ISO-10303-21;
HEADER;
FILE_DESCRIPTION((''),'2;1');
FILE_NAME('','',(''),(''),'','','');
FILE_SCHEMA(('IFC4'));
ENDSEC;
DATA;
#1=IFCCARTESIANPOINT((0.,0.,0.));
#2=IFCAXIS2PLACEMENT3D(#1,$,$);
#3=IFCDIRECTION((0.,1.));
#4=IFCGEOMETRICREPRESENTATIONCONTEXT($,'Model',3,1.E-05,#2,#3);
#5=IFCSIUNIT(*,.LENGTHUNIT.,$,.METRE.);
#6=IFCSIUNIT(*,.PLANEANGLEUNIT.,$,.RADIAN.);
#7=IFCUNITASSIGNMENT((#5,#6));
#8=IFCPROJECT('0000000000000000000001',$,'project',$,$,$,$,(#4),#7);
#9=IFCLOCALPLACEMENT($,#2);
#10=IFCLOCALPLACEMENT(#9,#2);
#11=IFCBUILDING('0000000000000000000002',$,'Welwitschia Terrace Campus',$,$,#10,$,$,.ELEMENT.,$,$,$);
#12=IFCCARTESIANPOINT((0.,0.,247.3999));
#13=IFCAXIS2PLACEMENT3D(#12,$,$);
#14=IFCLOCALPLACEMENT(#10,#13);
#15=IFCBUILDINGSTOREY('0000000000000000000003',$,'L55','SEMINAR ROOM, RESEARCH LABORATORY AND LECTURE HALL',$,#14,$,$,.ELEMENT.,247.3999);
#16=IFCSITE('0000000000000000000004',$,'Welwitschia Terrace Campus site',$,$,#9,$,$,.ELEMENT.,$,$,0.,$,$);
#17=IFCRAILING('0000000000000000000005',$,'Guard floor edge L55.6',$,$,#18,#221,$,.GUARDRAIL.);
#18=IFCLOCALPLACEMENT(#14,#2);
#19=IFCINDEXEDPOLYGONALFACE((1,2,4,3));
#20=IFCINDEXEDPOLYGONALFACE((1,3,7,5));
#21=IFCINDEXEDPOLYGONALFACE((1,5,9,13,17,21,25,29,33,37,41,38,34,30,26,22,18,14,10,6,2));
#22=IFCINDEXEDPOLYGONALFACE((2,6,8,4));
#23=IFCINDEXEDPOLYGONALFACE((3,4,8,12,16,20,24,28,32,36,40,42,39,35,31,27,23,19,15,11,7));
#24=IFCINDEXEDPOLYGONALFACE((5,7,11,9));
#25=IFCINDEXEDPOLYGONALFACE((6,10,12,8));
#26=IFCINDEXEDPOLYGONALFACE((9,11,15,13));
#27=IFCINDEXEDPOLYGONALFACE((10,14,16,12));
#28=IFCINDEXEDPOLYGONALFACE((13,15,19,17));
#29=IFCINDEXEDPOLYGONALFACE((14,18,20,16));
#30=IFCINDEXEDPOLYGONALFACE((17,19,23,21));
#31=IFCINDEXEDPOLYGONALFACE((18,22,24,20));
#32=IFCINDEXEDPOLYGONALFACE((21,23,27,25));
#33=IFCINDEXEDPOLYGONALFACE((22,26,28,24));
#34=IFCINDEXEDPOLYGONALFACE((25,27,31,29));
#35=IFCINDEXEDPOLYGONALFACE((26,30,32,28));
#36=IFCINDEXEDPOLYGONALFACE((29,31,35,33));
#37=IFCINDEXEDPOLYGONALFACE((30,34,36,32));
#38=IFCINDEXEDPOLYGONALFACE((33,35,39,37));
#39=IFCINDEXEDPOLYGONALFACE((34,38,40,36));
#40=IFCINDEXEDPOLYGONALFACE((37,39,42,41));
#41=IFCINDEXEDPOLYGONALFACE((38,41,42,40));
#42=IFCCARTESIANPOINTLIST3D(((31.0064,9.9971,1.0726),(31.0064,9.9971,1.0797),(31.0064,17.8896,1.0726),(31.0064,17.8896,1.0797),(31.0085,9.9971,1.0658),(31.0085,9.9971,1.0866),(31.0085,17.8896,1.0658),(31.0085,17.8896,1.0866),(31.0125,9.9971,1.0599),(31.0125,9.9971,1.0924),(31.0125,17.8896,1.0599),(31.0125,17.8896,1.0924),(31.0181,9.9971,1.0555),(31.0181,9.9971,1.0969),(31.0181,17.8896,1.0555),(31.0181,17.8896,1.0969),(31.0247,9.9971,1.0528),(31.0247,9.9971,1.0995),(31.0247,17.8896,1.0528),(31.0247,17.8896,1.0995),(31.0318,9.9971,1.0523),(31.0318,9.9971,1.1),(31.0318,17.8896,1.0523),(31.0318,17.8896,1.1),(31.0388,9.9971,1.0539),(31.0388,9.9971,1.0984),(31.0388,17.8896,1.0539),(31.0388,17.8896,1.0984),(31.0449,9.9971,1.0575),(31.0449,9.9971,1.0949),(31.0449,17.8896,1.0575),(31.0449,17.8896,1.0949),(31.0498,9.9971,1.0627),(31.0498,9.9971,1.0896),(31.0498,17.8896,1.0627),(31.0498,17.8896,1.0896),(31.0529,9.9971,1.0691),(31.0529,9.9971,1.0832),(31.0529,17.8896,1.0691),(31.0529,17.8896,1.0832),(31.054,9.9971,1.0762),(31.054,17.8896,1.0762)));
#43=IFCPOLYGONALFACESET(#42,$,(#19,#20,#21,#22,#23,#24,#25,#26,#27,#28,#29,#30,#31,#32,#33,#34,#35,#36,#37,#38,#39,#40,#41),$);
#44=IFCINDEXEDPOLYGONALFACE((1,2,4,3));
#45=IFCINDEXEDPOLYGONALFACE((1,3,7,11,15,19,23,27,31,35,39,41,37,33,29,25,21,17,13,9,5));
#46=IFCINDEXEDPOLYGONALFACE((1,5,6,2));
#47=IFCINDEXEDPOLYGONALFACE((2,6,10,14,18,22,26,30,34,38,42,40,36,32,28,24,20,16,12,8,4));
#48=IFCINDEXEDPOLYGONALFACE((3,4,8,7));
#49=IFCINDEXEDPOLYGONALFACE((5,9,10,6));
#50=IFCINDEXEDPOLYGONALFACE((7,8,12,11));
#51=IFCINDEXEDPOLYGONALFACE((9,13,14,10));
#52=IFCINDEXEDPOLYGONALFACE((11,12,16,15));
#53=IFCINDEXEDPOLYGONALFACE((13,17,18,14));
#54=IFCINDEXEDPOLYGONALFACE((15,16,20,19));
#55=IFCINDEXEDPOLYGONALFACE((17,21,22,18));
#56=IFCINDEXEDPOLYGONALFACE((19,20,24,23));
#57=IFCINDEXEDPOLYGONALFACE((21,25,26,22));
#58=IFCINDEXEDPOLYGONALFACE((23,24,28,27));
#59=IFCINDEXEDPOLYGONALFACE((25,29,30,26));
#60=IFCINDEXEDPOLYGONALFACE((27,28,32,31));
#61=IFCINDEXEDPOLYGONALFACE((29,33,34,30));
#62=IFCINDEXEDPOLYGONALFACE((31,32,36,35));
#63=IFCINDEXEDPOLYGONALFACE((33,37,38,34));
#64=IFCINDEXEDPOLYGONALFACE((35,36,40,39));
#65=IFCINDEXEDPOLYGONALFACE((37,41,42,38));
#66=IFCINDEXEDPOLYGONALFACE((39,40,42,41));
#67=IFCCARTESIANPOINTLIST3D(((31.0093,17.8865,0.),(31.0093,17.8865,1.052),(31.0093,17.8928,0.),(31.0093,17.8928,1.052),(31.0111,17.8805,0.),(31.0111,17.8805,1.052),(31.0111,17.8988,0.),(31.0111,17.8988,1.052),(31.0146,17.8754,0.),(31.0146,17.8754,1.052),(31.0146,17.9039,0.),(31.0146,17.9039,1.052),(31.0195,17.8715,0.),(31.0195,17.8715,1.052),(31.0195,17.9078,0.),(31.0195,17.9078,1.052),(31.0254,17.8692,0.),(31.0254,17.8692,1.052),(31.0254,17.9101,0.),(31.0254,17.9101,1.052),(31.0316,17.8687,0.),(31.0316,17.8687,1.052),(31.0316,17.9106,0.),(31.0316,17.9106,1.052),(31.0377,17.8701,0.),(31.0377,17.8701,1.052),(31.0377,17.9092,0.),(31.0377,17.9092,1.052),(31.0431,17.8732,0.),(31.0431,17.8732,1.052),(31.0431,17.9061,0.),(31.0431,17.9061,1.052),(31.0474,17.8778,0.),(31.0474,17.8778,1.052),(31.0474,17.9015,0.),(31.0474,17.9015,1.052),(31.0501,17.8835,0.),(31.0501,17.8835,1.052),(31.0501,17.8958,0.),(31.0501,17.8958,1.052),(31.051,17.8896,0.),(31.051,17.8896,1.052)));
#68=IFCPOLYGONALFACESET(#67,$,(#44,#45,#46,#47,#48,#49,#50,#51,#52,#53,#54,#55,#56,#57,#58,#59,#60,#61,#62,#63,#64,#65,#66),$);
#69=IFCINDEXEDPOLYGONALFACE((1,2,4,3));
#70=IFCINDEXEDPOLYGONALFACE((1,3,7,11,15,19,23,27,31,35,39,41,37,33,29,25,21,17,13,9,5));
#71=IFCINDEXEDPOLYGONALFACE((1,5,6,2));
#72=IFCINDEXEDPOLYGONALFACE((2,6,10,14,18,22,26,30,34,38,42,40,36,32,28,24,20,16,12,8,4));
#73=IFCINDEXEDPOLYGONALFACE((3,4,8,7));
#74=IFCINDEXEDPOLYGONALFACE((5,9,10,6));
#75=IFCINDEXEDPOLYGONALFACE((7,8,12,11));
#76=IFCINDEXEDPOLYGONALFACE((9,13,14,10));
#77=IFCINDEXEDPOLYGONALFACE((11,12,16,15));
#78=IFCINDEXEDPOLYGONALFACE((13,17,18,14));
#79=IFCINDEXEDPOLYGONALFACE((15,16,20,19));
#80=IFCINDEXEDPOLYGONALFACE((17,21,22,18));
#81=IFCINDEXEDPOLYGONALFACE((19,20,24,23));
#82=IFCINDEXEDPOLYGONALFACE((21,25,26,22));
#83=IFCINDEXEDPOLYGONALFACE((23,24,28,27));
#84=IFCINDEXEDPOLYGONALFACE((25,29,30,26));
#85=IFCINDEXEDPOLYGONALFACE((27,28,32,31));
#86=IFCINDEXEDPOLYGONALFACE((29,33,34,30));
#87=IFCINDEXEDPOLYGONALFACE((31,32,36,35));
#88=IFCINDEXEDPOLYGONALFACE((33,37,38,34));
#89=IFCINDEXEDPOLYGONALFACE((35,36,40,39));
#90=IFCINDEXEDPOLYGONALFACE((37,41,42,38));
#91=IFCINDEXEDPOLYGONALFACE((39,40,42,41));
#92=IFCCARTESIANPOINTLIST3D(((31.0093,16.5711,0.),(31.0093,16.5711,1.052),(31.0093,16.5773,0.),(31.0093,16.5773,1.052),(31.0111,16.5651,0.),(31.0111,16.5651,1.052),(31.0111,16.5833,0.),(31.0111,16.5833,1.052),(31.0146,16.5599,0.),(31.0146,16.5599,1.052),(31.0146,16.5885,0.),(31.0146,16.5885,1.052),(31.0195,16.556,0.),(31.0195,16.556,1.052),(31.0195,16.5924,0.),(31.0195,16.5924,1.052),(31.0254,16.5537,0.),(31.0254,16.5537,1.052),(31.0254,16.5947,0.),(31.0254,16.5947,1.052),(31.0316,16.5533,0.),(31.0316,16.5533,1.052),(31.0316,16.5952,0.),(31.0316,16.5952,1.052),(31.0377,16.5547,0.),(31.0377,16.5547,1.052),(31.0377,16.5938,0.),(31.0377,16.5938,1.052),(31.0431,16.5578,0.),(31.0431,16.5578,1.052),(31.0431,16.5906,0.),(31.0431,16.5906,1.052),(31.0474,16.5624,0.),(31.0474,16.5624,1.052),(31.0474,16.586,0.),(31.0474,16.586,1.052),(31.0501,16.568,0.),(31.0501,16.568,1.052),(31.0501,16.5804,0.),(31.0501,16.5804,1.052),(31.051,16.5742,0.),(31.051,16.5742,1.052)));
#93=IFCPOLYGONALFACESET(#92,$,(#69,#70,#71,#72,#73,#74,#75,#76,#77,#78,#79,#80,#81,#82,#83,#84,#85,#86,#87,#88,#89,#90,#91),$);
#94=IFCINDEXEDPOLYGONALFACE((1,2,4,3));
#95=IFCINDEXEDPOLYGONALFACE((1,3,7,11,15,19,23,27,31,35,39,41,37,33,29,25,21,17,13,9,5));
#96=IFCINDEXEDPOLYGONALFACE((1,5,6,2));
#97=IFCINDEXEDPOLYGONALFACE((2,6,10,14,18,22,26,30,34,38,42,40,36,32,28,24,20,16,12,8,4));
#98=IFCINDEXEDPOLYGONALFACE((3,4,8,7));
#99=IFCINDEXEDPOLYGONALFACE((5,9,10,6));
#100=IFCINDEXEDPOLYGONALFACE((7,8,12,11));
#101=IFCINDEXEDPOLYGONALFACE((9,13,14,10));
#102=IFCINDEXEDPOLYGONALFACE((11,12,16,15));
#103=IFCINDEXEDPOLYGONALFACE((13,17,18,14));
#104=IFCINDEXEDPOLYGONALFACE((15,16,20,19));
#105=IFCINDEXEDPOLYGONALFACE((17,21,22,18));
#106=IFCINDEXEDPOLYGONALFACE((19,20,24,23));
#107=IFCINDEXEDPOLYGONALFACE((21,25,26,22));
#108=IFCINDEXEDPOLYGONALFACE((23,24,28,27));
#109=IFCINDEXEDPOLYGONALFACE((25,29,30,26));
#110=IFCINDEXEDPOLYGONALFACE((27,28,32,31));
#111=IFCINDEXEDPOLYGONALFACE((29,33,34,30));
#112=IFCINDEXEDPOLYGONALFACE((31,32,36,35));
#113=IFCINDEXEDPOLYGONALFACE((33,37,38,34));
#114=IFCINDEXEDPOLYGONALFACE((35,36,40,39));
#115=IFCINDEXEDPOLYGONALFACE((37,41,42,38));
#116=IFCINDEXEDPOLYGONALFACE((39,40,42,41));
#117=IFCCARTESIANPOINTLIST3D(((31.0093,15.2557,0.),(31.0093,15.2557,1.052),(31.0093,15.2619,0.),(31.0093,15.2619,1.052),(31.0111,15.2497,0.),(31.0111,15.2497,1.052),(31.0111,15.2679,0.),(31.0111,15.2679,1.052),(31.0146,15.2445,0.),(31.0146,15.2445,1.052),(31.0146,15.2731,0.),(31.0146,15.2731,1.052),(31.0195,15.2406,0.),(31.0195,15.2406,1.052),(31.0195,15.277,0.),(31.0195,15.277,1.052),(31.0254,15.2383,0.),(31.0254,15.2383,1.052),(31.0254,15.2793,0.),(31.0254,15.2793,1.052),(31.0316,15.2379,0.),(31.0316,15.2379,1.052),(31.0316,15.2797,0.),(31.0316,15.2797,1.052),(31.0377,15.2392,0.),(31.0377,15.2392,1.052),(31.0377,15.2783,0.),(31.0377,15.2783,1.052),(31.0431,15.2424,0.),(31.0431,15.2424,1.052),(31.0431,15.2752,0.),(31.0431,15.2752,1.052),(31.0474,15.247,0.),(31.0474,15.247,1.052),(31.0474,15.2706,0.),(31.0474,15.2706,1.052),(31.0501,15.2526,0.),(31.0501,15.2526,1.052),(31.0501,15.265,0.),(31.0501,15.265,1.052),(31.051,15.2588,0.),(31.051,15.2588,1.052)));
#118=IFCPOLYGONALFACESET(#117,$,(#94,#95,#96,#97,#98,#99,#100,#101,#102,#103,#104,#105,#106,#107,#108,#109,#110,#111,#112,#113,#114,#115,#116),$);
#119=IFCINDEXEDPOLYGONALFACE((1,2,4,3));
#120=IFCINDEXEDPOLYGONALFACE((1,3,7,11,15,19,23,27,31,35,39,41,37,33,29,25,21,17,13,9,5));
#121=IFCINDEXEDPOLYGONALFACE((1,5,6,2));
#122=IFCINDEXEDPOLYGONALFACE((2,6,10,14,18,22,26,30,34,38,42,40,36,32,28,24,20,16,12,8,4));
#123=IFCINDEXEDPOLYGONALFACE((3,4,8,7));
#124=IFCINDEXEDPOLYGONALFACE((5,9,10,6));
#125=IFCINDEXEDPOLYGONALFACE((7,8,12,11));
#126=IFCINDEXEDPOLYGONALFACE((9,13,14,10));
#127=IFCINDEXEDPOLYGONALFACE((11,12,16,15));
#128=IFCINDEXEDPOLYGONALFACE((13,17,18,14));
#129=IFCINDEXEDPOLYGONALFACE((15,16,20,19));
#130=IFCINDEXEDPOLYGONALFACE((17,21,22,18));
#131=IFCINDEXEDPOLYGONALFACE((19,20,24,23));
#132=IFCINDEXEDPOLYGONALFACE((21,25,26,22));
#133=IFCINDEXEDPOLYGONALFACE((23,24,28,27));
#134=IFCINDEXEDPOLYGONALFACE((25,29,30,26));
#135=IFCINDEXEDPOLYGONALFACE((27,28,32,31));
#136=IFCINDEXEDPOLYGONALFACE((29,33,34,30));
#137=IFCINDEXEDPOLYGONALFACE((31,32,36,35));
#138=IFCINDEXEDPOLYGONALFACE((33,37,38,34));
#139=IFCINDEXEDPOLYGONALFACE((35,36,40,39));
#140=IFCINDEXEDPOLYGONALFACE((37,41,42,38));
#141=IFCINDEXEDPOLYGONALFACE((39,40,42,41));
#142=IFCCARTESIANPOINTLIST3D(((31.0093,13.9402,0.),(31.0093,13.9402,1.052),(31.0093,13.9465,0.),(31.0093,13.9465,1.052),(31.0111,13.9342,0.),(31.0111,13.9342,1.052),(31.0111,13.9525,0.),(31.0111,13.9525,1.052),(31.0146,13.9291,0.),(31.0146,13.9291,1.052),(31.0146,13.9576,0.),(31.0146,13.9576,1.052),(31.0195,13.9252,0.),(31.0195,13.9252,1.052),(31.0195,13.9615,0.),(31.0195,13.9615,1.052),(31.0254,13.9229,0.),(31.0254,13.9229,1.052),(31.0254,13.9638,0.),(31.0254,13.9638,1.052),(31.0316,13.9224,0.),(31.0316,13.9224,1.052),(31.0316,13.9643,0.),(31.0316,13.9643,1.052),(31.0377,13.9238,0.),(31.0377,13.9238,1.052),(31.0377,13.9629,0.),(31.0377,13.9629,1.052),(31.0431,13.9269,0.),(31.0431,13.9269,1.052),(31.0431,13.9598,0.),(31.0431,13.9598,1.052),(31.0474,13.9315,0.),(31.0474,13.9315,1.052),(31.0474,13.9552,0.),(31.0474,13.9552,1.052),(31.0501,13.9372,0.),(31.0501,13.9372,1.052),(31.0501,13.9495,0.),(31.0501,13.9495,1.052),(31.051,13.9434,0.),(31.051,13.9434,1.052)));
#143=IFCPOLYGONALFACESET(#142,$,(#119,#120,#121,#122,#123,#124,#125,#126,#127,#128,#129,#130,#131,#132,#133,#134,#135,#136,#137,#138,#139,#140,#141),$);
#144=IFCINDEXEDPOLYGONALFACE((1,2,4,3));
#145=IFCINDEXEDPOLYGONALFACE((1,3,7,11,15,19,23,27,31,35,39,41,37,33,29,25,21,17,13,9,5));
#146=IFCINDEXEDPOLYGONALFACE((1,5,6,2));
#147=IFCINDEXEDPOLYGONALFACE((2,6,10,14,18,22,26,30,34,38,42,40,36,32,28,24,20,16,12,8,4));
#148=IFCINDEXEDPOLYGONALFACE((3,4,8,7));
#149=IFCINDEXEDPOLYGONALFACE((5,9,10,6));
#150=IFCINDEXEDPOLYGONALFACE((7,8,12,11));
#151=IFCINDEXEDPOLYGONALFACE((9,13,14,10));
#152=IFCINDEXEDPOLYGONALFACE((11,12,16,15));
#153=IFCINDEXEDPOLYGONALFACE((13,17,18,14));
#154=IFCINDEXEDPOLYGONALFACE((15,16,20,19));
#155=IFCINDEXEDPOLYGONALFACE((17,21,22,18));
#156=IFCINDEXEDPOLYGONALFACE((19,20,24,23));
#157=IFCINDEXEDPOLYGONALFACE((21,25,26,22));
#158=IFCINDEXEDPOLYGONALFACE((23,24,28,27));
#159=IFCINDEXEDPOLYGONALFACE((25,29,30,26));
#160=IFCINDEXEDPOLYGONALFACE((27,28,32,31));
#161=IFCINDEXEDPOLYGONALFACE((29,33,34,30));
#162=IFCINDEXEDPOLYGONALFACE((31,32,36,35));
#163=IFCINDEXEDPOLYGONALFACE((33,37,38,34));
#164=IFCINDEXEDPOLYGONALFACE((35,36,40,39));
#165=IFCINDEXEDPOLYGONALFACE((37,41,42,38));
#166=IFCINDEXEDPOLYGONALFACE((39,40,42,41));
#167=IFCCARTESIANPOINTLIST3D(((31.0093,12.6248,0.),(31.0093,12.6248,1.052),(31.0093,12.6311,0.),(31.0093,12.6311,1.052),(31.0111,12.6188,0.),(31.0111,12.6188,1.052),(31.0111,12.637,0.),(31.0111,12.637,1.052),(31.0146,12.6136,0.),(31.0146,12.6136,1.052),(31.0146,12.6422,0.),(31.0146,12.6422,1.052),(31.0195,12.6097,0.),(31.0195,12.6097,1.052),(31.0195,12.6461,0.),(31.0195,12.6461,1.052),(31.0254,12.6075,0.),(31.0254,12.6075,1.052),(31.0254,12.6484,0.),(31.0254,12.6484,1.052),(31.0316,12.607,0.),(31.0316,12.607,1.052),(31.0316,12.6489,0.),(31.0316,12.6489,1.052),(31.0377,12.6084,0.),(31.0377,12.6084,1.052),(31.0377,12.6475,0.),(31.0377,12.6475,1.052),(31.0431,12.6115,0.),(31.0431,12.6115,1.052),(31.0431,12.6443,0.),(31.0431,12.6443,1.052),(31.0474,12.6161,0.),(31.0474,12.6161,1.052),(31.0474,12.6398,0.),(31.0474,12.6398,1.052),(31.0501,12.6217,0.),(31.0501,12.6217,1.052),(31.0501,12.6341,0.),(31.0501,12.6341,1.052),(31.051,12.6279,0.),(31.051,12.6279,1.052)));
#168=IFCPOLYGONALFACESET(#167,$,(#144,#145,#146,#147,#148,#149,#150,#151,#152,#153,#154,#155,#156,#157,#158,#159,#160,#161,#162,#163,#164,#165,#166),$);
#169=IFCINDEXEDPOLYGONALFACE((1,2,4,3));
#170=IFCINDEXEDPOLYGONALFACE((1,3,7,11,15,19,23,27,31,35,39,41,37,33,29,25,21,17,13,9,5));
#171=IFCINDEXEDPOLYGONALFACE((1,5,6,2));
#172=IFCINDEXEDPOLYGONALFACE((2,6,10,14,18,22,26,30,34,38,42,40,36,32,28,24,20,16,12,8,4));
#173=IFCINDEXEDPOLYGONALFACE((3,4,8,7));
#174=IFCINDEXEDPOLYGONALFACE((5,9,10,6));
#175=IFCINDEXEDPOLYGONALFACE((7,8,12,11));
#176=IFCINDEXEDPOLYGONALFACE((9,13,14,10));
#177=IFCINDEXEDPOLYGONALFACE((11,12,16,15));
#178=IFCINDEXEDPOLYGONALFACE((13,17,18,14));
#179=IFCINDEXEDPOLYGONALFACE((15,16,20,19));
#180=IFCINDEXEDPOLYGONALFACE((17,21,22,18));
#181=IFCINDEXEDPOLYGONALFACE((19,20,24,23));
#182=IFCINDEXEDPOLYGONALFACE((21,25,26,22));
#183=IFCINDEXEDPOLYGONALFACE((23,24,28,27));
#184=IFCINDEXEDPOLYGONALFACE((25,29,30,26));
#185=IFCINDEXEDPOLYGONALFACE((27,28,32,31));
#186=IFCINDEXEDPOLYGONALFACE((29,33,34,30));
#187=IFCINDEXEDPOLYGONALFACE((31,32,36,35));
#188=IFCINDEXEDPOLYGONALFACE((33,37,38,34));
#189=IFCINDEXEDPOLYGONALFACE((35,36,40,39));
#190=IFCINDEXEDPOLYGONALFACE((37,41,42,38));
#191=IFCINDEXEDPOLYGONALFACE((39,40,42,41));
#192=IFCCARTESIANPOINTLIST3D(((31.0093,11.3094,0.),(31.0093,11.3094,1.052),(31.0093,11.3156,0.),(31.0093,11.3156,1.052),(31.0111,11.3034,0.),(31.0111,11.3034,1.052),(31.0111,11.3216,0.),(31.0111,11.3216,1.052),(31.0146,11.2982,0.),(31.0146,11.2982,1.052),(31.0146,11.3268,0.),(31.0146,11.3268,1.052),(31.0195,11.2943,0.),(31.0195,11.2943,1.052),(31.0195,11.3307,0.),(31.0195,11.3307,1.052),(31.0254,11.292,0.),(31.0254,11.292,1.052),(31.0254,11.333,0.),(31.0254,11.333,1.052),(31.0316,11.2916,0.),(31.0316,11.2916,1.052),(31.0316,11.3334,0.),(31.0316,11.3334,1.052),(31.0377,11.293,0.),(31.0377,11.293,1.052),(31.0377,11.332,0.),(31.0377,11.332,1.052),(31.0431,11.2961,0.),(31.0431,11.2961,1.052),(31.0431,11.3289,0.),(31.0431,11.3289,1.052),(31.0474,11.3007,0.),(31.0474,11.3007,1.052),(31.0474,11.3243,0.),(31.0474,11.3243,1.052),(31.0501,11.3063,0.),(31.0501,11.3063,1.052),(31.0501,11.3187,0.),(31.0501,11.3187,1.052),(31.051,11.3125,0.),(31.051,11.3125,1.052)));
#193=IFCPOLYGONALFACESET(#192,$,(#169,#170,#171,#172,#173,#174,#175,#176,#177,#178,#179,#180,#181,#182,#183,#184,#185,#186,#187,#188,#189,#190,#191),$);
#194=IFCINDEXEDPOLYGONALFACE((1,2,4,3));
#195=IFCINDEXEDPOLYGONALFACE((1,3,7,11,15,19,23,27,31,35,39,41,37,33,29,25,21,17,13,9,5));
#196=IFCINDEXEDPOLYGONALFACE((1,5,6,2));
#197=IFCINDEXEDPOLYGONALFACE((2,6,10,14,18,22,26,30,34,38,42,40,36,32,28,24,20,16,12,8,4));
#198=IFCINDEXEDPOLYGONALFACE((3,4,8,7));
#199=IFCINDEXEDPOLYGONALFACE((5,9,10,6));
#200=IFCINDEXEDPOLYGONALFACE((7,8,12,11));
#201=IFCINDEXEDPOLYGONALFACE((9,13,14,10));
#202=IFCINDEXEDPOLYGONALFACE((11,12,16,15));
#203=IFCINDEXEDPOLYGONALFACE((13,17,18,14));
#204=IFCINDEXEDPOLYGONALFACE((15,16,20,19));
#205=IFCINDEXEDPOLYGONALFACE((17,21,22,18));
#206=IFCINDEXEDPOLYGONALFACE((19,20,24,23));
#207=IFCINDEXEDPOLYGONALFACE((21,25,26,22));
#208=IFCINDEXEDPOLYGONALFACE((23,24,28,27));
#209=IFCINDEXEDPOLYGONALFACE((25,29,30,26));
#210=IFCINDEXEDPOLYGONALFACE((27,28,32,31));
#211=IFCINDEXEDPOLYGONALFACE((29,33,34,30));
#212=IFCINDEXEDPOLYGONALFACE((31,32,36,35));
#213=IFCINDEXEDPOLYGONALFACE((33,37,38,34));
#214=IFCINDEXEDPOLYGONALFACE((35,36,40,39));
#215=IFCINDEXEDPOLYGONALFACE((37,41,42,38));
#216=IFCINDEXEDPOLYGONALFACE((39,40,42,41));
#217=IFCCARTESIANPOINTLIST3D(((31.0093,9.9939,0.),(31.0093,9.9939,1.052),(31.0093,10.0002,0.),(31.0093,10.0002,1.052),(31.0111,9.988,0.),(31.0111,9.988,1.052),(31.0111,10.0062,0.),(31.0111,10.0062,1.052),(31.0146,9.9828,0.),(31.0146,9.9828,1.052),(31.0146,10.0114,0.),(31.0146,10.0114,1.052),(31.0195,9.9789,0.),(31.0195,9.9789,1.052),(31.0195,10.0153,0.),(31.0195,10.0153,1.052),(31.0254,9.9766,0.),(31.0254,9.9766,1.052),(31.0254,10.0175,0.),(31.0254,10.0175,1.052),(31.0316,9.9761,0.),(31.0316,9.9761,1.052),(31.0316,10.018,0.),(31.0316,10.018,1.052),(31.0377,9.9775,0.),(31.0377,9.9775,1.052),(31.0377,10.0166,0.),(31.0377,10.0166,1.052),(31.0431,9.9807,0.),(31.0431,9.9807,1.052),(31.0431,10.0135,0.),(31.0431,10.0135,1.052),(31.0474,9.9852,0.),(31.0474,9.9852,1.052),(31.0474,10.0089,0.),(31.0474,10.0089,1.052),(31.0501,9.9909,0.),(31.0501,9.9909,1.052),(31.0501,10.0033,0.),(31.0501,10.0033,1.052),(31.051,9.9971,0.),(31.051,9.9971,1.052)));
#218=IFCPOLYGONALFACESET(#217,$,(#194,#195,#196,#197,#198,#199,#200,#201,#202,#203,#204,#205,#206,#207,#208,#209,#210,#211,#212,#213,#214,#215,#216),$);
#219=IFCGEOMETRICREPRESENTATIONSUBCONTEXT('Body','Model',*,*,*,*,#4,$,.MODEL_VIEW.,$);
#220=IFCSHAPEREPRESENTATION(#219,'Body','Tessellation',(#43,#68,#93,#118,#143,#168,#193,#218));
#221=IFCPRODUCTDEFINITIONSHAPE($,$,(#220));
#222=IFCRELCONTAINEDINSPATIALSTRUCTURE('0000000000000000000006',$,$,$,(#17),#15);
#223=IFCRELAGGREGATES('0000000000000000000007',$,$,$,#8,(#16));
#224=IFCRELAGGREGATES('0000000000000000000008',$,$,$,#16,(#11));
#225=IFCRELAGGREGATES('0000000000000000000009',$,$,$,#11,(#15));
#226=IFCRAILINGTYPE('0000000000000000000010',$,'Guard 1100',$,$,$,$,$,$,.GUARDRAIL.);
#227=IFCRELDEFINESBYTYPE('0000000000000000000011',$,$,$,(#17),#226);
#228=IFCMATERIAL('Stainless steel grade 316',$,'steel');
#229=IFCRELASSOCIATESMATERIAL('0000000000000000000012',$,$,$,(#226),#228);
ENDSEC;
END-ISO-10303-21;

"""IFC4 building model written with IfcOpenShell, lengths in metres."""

from ifc_helpers import new_model, si_unit, direction, frame, origin, origin_2d, place, context, subcontext, project, spatial, circle, extrude, material, type_object, element, save


model = new_model("IFC4")

# Units and contexts
model_context = context("Model", 3, precision=1e-05, world=origin(), true_north=direction((0.0, 1.0)))
body_context = subcontext(model_context, "Body", "Model", "MODEL_VIEW")
ifc_project = project(units=[si_unit("LENGTHUNIT", "METRE"), si_unit("PLANEANGLEUNIT", "RADIAN")], contexts=[model_context])

# Site, building, storey
site_placement = place(None, origin())
site = spatial("IfcSite", under=ifc_project, at=site_placement, Name="Welwitschia Terrace Campus site", CompositionType="ELEMENT", RefElevation=0.0)
building_placement = place(site_placement, origin())
building = spatial("IfcBuilding", under=site, at=building_placement, Name="Welwitschia Terrace Campus", CompositionType="ELEMENT")
storey_placement = place(building_placement, frame((0.0, 0.0, 247.3999)))
storey = spatial("IfcBuildingStorey", under=building, at=storey_placement, Name="L55", Description="SEMINAR ROOM, RESEARCH LABORATORY AND LECTURE HALL", CompositionType="ELEMENT", Elevation=247.3999)

# Railing
ifc_material_1 = material(Name="Stainless steel grade 316", Category="steel")
railing_type = type_object("IfcRailingType", Name="Guard 1100", PredefinedType="GUARDRAIL", material=ifc_material_1)
railing_1_placement = place(storey_placement, frame((31.03, 17.8896, 0.0)))
element("IfcRailing", 1, at=railing_1_placement, inside=storey, type_object=railing_type, Name="Guard floor edge L55.6", PredefinedType="GUARDRAIL", context=body_context, shape_type="SweptSolid", body=[
    extrude(circle(Radius=0.0239, at=origin_2d()), frame((0.0, 0.0, 1.0762), z_axis=(0.0, -1.0, 0.0), x_axis=(1.0, 0.0, 0.0)), (0.0, 0.0, 1.0), 7.8926),
    extrude(circle(Radius=0.021, at=origin_2d()), origin(), (0.0, 0.0, 1.0), 1.052),
    extrude(circle(Radius=0.021, at=origin_2d()), frame((0.0, -1.3154, 0.0)), (0.0, 0.0, 1.0), 1.052),
    extrude(circle(Radius=0.021, at=origin_2d()), frame((0.0, -2.6309, 0.0)), (0.0, 0.0, 1.0), 1.052),
    extrude(circle(Radius=0.021, at=origin_2d()), frame((0.0, -3.9463, 0.0)), (0.0, 0.0, 1.0), 1.052),
    extrude(circle(Radius=0.021, at=origin_2d()), frame((0.0, -5.2617, 0.0)), (0.0, 0.0, 1.0), 1.052),
    extrude(circle(Radius=0.021, at=origin_2d()), frame((0.0, -6.5771, 0.0)), (0.0, 0.0, 1.0), 1.052),
    extrude(circle(Radius=0.021, at=origin_2d()), frame((0.0, -7.8926, 0.0)), (0.0, 0.0, 1.0), 1.052),
])

save(model, "model.ifc")
